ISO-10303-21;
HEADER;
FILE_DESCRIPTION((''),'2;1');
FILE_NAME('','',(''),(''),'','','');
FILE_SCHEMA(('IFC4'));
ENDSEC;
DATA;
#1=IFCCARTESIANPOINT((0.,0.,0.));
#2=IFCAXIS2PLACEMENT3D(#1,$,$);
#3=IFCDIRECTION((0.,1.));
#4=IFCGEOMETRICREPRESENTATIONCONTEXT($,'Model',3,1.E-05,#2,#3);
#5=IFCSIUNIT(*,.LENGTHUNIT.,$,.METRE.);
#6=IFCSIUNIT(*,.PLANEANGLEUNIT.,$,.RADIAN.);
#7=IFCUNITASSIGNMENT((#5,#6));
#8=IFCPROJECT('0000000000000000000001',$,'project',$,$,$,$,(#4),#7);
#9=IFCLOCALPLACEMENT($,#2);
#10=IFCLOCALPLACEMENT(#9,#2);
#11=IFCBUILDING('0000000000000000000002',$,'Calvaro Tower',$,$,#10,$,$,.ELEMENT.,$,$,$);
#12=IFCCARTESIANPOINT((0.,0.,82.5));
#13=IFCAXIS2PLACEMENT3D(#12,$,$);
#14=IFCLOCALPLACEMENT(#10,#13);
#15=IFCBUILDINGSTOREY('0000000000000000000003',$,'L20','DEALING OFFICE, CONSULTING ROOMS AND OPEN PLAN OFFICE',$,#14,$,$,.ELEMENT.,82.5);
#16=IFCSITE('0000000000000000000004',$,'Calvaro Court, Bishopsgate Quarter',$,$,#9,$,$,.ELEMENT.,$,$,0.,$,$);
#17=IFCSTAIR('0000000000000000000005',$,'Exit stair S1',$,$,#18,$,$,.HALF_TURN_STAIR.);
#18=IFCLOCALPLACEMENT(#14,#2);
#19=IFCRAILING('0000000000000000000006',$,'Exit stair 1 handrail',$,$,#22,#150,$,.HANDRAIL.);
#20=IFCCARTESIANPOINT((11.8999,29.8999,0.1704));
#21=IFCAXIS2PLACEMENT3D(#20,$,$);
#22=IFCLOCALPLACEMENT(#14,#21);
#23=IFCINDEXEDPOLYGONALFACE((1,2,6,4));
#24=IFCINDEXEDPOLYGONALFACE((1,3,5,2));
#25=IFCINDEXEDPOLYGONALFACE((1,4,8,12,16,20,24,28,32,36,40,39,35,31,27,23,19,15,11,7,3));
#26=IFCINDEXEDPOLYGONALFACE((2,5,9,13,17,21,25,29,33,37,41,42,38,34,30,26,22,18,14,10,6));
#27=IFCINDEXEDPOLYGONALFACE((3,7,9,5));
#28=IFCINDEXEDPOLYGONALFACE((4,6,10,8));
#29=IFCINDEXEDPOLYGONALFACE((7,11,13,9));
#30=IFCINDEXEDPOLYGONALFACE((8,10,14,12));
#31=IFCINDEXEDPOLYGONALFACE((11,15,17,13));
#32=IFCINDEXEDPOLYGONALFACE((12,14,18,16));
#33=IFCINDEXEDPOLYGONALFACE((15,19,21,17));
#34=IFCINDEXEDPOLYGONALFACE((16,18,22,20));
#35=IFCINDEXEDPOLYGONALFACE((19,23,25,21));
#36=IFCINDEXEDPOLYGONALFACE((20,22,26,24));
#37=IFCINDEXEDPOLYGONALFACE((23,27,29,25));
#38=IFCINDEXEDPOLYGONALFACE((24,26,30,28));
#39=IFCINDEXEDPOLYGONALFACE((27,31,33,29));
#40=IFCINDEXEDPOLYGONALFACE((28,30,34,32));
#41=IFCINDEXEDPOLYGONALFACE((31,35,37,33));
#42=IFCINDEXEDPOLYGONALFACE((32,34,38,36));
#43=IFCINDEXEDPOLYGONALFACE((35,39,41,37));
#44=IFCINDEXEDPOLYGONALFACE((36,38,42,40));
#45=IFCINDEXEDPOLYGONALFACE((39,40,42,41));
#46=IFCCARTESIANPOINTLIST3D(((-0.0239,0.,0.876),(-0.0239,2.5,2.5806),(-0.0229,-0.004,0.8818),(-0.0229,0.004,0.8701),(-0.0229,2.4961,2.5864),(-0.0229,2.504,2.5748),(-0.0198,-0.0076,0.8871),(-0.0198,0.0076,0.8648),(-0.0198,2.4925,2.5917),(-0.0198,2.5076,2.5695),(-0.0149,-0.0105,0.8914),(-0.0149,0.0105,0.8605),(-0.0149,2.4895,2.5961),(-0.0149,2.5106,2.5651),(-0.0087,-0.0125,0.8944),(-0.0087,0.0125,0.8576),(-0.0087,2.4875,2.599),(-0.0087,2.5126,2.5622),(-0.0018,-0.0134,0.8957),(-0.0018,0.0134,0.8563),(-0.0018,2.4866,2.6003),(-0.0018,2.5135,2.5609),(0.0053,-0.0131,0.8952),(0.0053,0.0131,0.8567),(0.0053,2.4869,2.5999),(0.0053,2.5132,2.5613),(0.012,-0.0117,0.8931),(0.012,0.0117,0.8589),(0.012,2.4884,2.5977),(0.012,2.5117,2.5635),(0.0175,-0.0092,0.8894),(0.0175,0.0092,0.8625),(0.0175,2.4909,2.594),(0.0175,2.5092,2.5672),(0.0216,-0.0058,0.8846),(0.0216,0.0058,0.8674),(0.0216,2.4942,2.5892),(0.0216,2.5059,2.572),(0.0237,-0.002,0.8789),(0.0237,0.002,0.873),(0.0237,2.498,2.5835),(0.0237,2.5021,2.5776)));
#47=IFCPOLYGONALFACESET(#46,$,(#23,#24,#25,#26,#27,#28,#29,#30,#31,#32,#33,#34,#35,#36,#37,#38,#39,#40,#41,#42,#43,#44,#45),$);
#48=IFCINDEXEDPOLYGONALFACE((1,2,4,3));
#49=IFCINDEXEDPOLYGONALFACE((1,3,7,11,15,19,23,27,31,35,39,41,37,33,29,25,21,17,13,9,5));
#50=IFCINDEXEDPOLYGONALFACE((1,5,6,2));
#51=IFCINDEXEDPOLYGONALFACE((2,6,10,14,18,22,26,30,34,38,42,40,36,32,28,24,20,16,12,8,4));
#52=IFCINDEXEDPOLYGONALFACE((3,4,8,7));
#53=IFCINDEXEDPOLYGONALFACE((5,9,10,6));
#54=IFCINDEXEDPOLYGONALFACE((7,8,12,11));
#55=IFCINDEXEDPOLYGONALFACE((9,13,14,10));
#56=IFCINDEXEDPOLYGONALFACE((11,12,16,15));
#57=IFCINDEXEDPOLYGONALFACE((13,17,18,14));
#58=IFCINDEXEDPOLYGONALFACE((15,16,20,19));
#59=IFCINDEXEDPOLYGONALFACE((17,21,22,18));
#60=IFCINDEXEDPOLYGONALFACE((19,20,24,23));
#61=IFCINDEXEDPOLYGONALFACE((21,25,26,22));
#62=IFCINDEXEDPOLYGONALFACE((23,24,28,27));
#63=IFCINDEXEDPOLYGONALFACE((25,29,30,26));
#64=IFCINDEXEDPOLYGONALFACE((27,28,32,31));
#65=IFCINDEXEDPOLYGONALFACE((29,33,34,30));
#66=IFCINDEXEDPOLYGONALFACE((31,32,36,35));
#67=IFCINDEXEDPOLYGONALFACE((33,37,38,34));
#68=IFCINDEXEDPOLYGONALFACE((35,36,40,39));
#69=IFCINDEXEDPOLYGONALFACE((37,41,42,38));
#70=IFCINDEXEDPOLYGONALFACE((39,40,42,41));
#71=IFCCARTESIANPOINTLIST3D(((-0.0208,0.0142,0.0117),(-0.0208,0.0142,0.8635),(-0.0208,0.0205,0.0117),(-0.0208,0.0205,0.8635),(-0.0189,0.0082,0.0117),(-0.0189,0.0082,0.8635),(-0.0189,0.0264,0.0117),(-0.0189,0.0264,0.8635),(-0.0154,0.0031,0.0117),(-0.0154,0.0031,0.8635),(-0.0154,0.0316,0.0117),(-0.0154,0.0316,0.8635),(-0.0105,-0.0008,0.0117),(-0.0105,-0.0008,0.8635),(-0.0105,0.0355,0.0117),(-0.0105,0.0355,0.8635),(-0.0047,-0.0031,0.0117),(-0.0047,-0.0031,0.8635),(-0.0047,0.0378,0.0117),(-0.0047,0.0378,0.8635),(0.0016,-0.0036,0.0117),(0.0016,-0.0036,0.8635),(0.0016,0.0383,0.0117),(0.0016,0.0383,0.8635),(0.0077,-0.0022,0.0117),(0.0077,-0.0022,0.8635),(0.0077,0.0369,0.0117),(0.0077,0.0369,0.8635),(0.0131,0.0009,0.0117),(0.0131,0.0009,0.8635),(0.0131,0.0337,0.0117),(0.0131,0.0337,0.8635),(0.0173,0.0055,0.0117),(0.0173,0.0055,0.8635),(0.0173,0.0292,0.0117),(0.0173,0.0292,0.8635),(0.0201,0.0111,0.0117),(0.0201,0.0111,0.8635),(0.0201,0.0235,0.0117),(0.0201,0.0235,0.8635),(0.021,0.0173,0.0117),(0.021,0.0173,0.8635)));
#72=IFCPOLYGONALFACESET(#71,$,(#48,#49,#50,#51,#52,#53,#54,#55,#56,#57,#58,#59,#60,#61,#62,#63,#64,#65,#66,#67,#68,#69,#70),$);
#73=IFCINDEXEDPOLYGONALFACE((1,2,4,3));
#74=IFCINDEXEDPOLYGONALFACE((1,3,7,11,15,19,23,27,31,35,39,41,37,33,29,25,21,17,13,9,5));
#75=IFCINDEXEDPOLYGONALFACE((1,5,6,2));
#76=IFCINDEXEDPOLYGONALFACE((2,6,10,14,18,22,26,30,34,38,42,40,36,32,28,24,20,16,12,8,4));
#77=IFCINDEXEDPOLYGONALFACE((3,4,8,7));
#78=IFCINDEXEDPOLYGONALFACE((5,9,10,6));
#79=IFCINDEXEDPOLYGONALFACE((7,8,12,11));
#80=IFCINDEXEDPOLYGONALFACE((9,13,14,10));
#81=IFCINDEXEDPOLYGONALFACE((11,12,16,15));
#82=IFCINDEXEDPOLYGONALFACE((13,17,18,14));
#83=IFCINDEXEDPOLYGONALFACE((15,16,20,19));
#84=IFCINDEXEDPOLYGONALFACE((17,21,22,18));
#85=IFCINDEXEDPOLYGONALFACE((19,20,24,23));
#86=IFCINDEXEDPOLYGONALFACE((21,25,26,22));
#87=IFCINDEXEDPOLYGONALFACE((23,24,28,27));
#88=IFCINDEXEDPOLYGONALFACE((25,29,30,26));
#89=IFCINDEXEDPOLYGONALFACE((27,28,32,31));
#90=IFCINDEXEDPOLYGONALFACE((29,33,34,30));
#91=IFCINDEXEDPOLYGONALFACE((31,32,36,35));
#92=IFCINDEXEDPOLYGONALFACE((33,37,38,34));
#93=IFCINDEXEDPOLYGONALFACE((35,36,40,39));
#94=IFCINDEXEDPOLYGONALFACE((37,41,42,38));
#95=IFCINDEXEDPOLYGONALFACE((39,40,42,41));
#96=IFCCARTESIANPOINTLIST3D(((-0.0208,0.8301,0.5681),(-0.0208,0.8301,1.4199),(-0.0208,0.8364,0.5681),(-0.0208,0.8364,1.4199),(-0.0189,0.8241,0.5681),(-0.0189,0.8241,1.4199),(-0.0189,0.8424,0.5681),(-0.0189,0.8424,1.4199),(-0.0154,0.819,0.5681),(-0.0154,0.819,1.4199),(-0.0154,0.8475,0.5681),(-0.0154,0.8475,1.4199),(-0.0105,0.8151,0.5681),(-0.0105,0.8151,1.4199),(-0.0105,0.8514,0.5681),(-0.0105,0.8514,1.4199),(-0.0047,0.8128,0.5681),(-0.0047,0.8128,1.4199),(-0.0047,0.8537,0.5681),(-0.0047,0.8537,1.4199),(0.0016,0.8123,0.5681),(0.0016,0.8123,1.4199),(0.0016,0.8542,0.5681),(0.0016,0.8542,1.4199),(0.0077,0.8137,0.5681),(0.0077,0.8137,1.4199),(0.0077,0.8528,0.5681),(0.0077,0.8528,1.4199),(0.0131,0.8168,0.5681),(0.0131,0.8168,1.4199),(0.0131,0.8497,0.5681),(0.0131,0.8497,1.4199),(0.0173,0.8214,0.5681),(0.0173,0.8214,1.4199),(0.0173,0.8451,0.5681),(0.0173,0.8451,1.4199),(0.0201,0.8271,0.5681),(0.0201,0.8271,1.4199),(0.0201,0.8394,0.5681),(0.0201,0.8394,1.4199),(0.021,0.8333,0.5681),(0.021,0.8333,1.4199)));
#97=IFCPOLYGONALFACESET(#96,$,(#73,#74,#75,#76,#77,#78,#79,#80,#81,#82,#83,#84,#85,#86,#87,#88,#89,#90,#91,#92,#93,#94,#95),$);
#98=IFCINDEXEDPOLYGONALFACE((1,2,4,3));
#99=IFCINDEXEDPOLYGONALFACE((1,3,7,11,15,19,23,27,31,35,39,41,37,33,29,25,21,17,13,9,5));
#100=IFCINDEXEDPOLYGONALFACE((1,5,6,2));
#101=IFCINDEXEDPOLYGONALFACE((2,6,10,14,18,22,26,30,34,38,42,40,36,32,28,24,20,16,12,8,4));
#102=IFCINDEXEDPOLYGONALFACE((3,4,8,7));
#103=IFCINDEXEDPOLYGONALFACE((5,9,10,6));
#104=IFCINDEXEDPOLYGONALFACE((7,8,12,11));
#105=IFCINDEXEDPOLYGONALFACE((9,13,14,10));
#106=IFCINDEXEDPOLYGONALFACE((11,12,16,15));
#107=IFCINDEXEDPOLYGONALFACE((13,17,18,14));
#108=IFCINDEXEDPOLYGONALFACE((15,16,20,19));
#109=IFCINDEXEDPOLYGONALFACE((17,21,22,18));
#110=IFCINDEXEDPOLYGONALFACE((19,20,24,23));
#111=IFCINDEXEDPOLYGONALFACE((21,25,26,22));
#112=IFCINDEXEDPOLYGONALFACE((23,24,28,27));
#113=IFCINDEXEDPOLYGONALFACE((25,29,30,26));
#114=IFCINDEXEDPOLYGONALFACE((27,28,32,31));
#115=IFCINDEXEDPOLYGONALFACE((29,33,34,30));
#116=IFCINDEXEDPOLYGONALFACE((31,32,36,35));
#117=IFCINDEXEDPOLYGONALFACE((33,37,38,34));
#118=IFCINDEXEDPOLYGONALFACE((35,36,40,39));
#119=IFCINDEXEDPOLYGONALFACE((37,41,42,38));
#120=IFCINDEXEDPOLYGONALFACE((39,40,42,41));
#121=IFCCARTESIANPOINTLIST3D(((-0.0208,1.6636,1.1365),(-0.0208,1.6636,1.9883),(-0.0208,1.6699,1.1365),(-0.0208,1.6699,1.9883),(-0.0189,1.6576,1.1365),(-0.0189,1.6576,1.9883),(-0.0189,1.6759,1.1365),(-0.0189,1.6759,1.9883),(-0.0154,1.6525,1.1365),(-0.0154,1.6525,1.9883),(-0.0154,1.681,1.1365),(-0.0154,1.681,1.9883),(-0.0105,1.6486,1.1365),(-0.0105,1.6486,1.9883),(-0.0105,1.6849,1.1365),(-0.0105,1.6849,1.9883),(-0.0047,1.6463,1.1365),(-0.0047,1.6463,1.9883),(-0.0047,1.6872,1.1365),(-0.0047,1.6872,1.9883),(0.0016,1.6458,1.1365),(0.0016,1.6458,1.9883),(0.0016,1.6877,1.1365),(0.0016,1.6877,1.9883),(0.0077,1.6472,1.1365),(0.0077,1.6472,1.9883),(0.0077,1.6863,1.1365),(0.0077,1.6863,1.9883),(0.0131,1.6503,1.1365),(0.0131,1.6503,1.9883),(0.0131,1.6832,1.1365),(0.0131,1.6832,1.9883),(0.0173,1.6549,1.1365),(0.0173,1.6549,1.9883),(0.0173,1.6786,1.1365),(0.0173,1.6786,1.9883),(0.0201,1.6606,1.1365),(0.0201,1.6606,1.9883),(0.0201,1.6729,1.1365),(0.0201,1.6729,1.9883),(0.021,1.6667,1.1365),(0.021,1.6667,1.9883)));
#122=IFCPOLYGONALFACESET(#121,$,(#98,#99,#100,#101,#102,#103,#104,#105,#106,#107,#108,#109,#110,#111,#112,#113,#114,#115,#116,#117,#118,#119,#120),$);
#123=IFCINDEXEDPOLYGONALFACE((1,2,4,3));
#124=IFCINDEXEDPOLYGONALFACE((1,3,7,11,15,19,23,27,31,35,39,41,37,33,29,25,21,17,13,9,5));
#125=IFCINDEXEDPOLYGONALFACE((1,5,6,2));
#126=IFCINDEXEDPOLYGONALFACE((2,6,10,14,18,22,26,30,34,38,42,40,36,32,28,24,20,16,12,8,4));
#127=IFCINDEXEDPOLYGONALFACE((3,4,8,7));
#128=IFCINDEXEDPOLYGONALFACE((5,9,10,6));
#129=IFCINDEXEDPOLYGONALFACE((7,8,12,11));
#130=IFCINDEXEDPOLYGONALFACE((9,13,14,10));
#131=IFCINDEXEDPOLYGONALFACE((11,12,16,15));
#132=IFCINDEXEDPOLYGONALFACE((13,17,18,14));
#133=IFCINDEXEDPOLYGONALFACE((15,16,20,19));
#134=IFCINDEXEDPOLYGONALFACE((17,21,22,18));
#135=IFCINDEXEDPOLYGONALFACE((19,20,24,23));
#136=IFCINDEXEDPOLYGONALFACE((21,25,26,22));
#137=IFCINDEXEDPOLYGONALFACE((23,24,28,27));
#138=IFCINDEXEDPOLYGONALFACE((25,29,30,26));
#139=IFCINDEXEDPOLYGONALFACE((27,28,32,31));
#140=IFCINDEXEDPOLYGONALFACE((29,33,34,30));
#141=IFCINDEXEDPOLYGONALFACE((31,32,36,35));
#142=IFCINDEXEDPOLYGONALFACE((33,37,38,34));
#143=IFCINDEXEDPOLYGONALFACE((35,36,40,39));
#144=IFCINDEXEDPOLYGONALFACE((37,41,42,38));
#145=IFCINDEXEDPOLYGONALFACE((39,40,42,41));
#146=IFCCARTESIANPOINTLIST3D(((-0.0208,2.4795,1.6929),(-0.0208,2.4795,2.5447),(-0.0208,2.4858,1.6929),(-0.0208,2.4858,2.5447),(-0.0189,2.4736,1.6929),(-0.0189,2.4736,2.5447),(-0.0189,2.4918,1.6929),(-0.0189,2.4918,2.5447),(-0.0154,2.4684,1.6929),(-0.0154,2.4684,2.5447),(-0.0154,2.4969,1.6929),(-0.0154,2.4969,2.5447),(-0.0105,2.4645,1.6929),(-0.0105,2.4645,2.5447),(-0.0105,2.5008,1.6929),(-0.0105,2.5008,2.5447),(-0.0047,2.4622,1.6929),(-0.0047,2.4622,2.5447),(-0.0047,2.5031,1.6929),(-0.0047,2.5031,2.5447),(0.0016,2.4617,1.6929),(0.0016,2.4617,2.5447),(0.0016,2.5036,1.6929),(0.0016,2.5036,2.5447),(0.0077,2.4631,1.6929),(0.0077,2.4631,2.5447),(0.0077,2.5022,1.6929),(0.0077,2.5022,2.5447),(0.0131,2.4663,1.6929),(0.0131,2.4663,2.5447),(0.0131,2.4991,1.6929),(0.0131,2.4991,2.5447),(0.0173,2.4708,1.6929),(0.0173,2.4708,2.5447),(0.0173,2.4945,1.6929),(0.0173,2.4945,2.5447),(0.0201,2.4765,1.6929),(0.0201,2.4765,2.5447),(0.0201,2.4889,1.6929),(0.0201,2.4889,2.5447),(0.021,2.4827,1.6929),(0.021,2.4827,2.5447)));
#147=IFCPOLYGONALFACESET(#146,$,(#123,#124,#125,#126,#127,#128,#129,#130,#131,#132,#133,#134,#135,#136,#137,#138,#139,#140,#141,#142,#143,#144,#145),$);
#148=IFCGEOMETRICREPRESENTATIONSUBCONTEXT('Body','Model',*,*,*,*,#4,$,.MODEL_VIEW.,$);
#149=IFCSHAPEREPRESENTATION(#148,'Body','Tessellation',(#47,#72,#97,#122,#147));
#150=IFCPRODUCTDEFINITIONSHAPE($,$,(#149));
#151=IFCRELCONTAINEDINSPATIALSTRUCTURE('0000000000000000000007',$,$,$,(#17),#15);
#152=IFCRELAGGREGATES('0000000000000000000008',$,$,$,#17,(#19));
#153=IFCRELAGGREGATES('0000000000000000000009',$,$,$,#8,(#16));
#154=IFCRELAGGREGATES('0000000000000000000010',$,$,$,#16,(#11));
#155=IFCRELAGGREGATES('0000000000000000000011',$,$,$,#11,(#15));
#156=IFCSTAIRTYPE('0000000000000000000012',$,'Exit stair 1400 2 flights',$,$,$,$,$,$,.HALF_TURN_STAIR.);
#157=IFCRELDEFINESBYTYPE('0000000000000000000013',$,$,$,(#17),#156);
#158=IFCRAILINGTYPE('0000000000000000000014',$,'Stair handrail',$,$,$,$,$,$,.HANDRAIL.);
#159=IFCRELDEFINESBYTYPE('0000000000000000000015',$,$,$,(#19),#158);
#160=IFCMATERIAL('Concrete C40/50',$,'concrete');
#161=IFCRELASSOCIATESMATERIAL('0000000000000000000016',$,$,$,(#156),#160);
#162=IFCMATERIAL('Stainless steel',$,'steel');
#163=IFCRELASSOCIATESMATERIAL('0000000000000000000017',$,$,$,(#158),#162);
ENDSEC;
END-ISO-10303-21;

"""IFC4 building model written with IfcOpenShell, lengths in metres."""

from ifc_helpers import new_model, si_unit, direction, frame, origin, origin_2d, place, context, subcontext, project, spatial, circle, extrude, material, type_object, element, aggregate, save


model = new_model("IFC4")

# Units and contexts
model_context = context("Model", 3, precision=1e-05, world=origin(), true_north=direction((0.0, 1.0)))
body_context = subcontext(model_context, "Body", "Model", "MODEL_VIEW")
ifc_project = project(units=[si_unit("LENGTHUNIT", "METRE"), si_unit("PLANEANGLEUNIT", "RADIAN")], contexts=[model_context])

# Site, building, storey
site_placement = place(None, origin())
site = spatial("IfcSite", under=ifc_project, at=site_placement, Name="Calvaro Court, Bishopsgate Quarter", CompositionType="ELEMENT", RefElevation=0.0)
building_placement = place(site_placement, origin())
building = spatial("IfcBuilding", under=site, at=building_placement, Name="Calvaro Tower", CompositionType="ELEMENT")
storey_placement = place(building_placement, frame((0.0, 0.0, 82.5)))
storey = spatial("IfcBuildingStorey", under=building, at=storey_placement, Name="L20", Description="DEALING OFFICE, CONSULTING ROOMS AND OPEN PLAN OFFICE", CompositionType="ELEMENT", Elevation=82.5)

# Stair, railing
ifc_material_1 = material(Name="Concrete C40/50", Category="concrete")
stair_type = type_object("IfcStairType", Name="Exit stair 1400 2 flights", PredefinedType="HALF_TURN_STAIR", material=ifc_material_1)
stair_placement = place(storey_placement, origin())
stair = element("IfcStair", 1, at=stair_placement, inside=storey, type_object=stair_type, Name="Exit stair S1", PredefinedType="HALF_TURN_STAIR")
ifc_material_2 = material(Name="Stainless steel", Category="steel")
railing_type = type_object("IfcRailingType", Name="Stair handrail", PredefinedType="HANDRAIL", material=ifc_material_2)
railing_1_placement = place(storey_placement, frame((11.8999, 29.8999, 0.1704)))
railing_1 = element("IfcRailing", 2, at=railing_1_placement, type_object=railing_type, Name="Exit stair 1 handrail", PredefinedType="HANDRAIL", context=body_context, shape_type="SweptSolid", body=[
    extrude(circle(Radius=0.0239, at=origin_2d()), frame((0.0, 0.0, 0.876), z_axis=(0.0, 0.826221, 0.563347), x_axis=(-1.0, 0.0, 0.0)), (0.0, 0.0, 1.0), 3.0259),
    extrude(circle(Radius=0.021, at=origin_2d()), frame((0.0, 0.0173, 0.0117)), (0.0, 0.0, 1.0), 0.8518),
    extrude(circle(Radius=0.021, at=origin_2d()), frame((0.0, 0.8333, 0.5681)), (0.0, 0.0, 1.0), 0.8518),
    extrude(circle(Radius=0.021, at=origin_2d()), frame((0.0, 1.6667, 1.1365)), (0.0, 0.0, 1.0), 0.8518),
    extrude(circle(Radius=0.021, at=origin_2d()), frame((0.0, 2.4827, 1.6929)), (0.0, 0.0, 1.0), 0.8518),
])
aggregate(stair, [railing_1])

save(model, "model.ifc")
